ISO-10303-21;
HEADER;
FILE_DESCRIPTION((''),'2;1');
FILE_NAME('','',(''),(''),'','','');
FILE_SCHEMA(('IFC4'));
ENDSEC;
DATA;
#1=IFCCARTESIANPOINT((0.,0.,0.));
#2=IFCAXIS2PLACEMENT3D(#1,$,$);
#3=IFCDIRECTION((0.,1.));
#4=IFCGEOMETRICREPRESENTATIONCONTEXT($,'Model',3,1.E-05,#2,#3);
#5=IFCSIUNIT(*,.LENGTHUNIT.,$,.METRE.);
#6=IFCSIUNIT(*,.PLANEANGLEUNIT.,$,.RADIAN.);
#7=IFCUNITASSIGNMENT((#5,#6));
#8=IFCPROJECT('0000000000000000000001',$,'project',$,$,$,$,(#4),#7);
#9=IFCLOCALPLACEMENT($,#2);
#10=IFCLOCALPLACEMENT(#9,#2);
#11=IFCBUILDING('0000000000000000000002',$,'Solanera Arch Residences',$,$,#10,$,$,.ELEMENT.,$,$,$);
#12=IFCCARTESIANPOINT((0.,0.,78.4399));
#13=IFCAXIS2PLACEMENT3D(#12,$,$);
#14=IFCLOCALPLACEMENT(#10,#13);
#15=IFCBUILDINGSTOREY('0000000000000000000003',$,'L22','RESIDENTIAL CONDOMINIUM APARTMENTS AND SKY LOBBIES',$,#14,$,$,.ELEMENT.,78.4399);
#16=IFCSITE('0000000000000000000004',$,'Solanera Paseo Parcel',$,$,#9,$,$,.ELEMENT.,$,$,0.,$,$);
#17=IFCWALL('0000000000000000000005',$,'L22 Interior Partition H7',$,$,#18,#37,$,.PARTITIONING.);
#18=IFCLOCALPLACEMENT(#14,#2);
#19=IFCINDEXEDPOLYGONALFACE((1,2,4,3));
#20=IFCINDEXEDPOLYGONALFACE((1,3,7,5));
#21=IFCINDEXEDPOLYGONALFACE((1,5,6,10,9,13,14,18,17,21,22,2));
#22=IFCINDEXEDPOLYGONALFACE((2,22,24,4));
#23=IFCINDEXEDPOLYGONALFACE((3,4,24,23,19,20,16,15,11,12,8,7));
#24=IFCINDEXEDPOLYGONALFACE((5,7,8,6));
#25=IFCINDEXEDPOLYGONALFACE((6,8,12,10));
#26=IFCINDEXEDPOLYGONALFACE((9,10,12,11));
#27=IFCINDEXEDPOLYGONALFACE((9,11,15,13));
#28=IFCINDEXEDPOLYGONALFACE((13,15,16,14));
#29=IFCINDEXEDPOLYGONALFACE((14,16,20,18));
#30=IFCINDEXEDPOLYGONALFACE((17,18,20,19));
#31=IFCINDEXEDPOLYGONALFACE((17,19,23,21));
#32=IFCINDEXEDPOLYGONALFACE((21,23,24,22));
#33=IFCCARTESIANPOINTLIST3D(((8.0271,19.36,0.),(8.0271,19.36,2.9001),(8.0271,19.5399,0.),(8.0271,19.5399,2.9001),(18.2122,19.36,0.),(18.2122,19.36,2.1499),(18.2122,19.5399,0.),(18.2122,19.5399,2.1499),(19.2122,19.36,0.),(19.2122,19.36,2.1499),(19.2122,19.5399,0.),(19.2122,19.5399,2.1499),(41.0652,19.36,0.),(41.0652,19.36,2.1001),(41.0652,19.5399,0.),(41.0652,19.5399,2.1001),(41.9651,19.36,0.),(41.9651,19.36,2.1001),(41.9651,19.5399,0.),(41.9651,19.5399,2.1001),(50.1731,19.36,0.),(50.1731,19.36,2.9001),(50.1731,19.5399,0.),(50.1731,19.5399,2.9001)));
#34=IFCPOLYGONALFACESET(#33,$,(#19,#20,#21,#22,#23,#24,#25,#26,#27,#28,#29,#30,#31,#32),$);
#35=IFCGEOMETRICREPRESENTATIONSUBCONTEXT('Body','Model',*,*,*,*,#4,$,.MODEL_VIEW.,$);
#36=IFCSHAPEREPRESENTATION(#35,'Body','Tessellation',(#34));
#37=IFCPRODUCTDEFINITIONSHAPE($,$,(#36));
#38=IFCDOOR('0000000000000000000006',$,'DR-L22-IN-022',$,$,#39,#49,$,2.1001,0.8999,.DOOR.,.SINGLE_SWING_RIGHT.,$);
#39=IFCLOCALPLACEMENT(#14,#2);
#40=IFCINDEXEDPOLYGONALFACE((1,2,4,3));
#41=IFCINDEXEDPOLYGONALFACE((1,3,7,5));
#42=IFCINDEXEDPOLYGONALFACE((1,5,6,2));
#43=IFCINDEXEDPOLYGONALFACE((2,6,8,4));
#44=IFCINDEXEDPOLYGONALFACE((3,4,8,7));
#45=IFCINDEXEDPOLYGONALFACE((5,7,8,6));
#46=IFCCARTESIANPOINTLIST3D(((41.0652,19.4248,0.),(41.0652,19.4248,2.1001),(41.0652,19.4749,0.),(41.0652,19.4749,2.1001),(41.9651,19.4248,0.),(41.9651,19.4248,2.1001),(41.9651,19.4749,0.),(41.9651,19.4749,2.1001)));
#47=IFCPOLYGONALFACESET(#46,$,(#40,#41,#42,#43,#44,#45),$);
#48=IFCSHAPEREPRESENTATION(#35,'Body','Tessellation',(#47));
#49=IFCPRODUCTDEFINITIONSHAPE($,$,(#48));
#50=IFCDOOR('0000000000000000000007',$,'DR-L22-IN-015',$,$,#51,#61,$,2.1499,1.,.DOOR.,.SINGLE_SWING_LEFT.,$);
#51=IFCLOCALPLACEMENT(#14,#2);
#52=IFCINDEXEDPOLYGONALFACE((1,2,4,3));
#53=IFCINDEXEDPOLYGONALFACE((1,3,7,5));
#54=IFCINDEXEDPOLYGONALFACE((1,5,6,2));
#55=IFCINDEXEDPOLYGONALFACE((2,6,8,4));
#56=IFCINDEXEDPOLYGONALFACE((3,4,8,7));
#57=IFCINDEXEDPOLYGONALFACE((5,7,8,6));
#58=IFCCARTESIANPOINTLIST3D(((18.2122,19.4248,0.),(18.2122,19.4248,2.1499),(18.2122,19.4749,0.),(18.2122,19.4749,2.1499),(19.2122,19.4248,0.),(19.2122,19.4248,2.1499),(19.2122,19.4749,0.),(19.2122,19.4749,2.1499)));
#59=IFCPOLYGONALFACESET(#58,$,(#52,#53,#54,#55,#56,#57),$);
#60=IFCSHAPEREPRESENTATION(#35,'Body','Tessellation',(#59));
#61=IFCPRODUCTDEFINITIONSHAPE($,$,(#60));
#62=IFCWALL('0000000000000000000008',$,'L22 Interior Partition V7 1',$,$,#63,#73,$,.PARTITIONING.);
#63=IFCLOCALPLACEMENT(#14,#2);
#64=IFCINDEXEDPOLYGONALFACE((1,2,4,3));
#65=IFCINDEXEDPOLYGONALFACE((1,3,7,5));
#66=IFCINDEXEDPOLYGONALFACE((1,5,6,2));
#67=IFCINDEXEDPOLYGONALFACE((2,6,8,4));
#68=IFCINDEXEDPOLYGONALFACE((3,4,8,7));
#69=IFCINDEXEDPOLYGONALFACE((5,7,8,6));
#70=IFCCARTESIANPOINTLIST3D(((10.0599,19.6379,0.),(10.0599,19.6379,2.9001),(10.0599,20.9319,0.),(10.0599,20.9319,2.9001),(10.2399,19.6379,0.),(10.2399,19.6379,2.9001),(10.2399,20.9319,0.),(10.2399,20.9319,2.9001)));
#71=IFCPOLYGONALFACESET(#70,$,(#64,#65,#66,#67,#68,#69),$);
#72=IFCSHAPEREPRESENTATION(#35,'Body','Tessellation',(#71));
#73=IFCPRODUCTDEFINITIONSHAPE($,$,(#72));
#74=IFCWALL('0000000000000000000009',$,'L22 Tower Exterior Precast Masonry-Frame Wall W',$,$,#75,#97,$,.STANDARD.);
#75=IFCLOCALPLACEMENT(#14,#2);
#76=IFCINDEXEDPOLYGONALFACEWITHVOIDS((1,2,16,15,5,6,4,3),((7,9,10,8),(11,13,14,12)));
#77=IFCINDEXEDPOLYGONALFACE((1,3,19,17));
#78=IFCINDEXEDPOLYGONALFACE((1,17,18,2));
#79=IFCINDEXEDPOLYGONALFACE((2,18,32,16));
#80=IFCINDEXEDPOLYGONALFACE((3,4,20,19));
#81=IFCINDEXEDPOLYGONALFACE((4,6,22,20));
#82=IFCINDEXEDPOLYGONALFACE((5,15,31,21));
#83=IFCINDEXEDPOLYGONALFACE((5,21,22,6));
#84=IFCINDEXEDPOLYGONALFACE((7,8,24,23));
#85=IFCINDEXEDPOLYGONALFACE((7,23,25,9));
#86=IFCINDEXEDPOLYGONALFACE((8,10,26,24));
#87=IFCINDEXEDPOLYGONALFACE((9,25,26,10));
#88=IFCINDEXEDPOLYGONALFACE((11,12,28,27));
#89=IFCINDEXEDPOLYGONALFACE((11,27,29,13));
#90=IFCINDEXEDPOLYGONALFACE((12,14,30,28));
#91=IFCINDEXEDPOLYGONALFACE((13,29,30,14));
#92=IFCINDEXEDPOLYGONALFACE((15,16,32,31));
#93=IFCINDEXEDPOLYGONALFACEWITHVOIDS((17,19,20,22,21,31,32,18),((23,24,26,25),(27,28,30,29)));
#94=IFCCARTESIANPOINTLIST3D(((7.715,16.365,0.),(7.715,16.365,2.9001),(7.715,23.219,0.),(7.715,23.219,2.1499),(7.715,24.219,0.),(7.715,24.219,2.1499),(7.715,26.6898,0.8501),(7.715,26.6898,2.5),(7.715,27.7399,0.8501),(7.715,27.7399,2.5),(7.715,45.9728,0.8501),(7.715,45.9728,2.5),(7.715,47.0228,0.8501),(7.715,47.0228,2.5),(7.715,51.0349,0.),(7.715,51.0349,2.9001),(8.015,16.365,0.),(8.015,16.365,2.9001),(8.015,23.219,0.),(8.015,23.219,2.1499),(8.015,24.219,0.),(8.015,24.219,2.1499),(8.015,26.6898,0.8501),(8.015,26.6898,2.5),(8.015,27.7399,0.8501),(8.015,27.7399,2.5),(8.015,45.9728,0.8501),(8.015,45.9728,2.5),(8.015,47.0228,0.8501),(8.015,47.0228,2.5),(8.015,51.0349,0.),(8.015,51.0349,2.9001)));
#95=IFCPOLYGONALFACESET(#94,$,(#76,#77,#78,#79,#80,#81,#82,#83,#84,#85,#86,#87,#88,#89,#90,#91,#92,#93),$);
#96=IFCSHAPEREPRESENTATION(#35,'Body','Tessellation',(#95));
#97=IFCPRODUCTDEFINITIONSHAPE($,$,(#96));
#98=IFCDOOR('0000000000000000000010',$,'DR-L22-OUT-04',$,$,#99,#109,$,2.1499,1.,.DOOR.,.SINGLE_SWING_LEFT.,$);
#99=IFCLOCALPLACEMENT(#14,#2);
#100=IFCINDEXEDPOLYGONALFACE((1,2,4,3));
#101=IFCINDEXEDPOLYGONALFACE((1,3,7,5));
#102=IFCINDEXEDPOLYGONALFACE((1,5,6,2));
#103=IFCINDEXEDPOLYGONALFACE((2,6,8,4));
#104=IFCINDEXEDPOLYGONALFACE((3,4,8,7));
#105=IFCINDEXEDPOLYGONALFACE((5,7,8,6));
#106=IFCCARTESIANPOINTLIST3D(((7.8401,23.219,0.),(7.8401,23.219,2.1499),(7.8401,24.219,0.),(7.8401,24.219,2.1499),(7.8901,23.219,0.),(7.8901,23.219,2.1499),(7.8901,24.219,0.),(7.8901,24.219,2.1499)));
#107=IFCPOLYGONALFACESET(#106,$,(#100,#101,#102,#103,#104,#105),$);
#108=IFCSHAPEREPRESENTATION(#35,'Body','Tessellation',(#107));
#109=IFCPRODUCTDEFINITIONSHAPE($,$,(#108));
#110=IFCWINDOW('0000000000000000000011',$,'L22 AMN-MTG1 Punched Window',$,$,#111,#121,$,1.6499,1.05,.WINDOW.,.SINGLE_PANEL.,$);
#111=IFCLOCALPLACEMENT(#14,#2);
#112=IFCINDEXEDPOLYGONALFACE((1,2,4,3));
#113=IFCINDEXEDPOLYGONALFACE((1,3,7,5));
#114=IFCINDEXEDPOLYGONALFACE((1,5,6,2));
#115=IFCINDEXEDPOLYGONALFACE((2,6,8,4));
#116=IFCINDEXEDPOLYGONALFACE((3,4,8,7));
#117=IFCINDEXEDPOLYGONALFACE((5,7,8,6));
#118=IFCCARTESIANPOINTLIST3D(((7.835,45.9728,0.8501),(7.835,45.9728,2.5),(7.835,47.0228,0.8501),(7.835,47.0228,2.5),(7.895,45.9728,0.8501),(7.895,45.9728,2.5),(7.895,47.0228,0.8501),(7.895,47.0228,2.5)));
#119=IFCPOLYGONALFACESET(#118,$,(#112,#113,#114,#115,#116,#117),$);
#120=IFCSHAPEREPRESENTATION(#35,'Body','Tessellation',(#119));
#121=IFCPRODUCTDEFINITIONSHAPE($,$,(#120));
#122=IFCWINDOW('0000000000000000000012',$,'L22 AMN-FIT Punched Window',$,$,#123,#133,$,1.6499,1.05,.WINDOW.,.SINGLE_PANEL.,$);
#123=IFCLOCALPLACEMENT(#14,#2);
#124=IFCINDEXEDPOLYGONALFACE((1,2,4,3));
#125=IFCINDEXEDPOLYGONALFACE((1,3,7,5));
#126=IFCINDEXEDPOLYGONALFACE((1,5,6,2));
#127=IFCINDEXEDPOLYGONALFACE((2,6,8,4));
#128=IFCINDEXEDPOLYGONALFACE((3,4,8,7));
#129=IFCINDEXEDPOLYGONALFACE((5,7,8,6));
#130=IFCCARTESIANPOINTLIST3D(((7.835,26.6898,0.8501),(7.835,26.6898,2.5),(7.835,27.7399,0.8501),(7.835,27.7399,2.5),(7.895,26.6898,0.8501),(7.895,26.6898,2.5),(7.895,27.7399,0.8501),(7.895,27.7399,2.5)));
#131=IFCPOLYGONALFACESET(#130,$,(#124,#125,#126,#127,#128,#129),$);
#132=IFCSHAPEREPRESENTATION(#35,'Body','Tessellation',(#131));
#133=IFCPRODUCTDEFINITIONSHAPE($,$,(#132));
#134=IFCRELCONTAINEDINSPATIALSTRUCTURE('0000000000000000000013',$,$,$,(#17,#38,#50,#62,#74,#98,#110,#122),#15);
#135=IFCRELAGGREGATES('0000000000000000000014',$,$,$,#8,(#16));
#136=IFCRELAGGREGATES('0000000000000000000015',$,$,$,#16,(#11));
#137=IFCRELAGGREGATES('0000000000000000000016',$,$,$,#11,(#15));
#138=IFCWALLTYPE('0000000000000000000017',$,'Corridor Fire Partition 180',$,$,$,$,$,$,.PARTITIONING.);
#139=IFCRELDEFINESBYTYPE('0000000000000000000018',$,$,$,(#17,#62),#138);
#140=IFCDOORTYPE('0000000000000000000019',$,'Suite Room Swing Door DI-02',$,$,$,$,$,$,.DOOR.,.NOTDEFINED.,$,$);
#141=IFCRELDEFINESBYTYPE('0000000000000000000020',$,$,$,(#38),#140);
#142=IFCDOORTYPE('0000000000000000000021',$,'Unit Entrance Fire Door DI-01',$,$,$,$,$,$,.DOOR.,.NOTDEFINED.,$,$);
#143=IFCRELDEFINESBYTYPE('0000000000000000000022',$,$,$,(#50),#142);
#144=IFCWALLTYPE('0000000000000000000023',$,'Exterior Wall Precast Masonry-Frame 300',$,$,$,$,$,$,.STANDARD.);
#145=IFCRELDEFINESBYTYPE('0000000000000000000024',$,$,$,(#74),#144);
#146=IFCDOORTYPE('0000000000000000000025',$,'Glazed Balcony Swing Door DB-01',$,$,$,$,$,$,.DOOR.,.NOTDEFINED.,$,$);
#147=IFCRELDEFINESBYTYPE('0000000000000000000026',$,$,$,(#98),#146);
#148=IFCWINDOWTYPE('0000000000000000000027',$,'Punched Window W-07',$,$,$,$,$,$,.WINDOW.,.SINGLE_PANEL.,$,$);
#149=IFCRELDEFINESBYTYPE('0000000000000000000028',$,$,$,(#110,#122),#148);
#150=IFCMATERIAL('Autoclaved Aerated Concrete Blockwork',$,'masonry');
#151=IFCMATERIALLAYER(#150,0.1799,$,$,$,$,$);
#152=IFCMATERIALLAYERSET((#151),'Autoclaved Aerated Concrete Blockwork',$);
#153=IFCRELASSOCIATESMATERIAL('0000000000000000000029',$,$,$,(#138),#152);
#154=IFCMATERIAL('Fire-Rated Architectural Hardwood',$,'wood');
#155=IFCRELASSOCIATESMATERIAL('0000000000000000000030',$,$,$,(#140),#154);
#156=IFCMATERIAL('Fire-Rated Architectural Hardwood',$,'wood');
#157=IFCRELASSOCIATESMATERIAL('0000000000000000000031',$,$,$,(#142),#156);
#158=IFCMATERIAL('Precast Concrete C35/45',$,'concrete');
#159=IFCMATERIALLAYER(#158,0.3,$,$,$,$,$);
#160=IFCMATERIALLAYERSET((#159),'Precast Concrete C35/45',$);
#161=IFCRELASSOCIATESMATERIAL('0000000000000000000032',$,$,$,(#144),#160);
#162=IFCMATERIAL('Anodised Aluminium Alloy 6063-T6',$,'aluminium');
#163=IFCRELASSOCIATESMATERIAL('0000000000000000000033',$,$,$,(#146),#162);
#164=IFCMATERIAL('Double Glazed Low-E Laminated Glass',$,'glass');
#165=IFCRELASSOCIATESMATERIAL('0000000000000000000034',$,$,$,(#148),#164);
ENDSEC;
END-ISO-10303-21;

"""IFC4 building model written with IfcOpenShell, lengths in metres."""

from ifc_helpers import new_model, si_unit, direction, frame, frame_2d, origin, place, context, subcontext, project, spatial, rectangle, extrude, material, layer, layer_set, type_object, element, fill, save


model = new_model("IFC4")

# Units and contexts
model_context = context("Model", 3, precision=1e-05, world=origin(), true_north=direction((0.0, 1.0)))
body_context = subcontext(model_context, "Body", "Model", "MODEL_VIEW")
ifc_project = project(units=[si_unit("LENGTHUNIT", "METRE"), si_unit("PLANEANGLEUNIT", "RADIAN")], contexts=[model_context])

# Site, building, storey
site_placement = place(None, origin())
site = spatial("IfcSite", under=ifc_project, at=site_placement, Name="Solanera Paseo Parcel", CompositionType="ELEMENT", RefElevation=0.0)
building_placement = place(site_placement, origin())
building = spatial("IfcBuilding", under=site, at=building_placement, Name="Solanera Arch Residences", CompositionType="ELEMENT")
storey_placement = place(building_placement, frame((0.0, 0.0, 78.4399)))
storey = spatial("IfcBuildingStorey", under=building, at=storey_placement, Name="L22", Description="RESIDENTIAL CONDOMINIUM APARTMENTS AND SKY LOBBIES", CompositionType="ELEMENT", Elevation=78.4399)

# Wall, openings, doors
ifc_material_1 = material(Name="Autoclaved Aerated Concrete Blockwork", Category="masonry")
ifc_layer_1 = layer(ifc_material_1, 0.1799)
ifc_layer_set_1 = layer_set([ifc_layer_1], Name="Autoclaved Aerated Concrete Blockwork")
wall_type_1 = type_object("IfcWallType", Name="Corridor Fire Partition 180", PredefinedType="PARTITIONING", material=ifc_layer_set_1)
wall_1_placement = place(storey_placement, frame((8.0271, 19.45, 0.0), z_axis=(0.0, 0.0, 1.0), x_axis=(1.0, 0.0, 0.0)))
wall_1 = element("IfcWall", 1, at=wall_1_placement, inside=storey, type_object=wall_type_1, Name="L22 Interior Partition H7", PredefinedType="PARTITIONING", context=body_context, shape_type="SweptSolid", body=[
    extrude(rectangle(XDim=42.146, YDim=0.1799, at=frame_2d((21.073, 0.0))), origin(), (0.0, 0.0, 1.0), 2.9001),
])
opening_1_placement = place(wall_1_placement, frame((10.1851, 0.0, 0.0)))
opening_1 = element("IfcOpeningElement", 2, at=opening_1_placement, cuts=wall_1, PredefinedType="OPENING", context=body_context, shape_type="SweptSolid", body=[
    extrude(rectangle(XDim=1.0, YDim=2.1499, at=frame_2d((0.5, 1.075))), frame((0.0, 0.1001, 0.0), z_axis=(0.0, -1.0, 0.0), x_axis=(1.0, 0.0, 0.0)), (0.0, 0.0, 1.0), 0.1999),
])
opening_2_placement = place(wall_1_placement, frame((33.0381, 0.0, 0.0)))
opening_2 = element("IfcOpeningElement", 3, at=opening_2_placement, cuts=wall_1, PredefinedType="OPENING", context=body_context, shape_type="SweptSolid", body=[
    extrude(rectangle(XDim=0.8999, YDim=2.1001, at=frame_2d((0.45, 1.05))), frame((0.0, 0.1001, 0.0), z_axis=(0.0, -1.0, 0.0), x_axis=(1.0, 0.0, 0.0)), (0.0, 0.0, 1.0), 0.1999),
])
ifc_material_2 = material(Name="Fire-Rated Architectural Hardwood", Category="wood")
door_type_1 = type_object("IfcDoorType", Name="Suite Room Swing Door DI-02", OperationType="NOTDEFINED", PredefinedType="DOOR", material=ifc_material_2)
door_1_placement = place(opening_2_placement, origin())
door_1 = element("IfcDoor", 4, at=door_1_placement, inside=storey, type_object=door_type_1, Name="DR-L22-IN-022", OperationType="SINGLE_SWING_RIGHT", OverallHeight=2.1001, OverallWidth=0.8999, PredefinedType="DOOR", context=body_context, shape_type="SweptSolid", body=[
    extrude(rectangle(XDim=0.8999, YDim=2.1001, at=frame_2d((0.45, 1.05))), frame((0.0, 0.0249, 0.0), z_axis=(0.0, -1.0, 0.0), x_axis=(1.0, 0.0, 0.0)), (0.0, 0.0, 1.0), 0.05),
])
fill(opening_2, door_1)
ifc_material_3 = material(Name="Fire-Rated Architectural Hardwood", Category="wood")
door_type_2 = type_object("IfcDoorType", Name="Unit Entrance Fire Door DI-01", OperationType="NOTDEFINED", PredefinedType="DOOR", material=ifc_material_3)
door_2_placement = place(opening_1_placement, origin())
door_2 = element("IfcDoor", 5, at=door_2_placement, inside=storey, type_object=door_type_2, Name="DR-L22-IN-015", OperationType="SINGLE_SWING_LEFT", OverallHeight=2.1499, OverallWidth=1.0, PredefinedType="DOOR", context=body_context, shape_type="SweptSolid", body=[
    extrude(rectangle(XDim=1.0, YDim=2.1499, at=frame_2d((0.5, 1.075))), frame((0.0, 0.0249, 0.0), z_axis=(0.0, -1.0, 0.0), x_axis=(1.0, 0.0, 0.0)), (0.0, 0.0, 1.0), 0.05),
])
fill(opening_1, door_2)

# Wall
wall_2_placement = place(storey_placement, frame((10.1499, 19.6379, 0.0), z_axis=(0.0, 0.0, 1.0), x_axis=(0.0, 1.0, 0.0)))
element("IfcWall", 6, at=wall_2_placement, inside=storey, type_object=wall_type_1, Name="L22 Interior Partition V7 1", PredefinedType="PARTITIONING", context=body_context, shape_type="SweptSolid", body=[
    extrude(rectangle(XDim=1.2939, YDim=0.1799, at=frame_2d((0.647, 0.0))), origin(), (0.0, 0.0, 1.0), 2.9001),
])

# Wall, openings, door, windows
ifc_material_4 = material(Name="Precast Concrete C35/45", Category="concrete")
ifc_layer_2 = layer(ifc_material_4, 0.3)
ifc_layer_set_2 = layer_set([ifc_layer_2], Name="Precast Concrete C35/45")
wall_type_2 = type_object("IfcWallType", Name="Exterior Wall Precast Masonry-Frame 300", PredefinedType="STANDARD", material=ifc_layer_set_2)
wall_3_placement = place(storey_placement, frame((7.865, 16.365, 0.0), z_axis=(0.0, 0.0, 1.0), x_axis=(0.0, 1.0, 0.0)))
wall_3 = element("IfcWall", 7, at=wall_3_placement, inside=storey, type_object=wall_type_2, Name="L22 Tower Exterior Precast Masonry-Frame Wall W", PredefinedType="STANDARD", context=body_context, shape_type="SweptSolid", body=[
    extrude(rectangle(XDim=34.6699, YDim=0.3, at=frame_2d((17.335, 0.0))), origin(), (0.0, 0.0, 1.0), 2.9001),
])
opening_3_placement = place(wall_3_placement, frame((6.854, 0.0, 0.0)))
opening_3 = element("IfcOpeningElement", 8, at=opening_3_placement, cuts=wall_3, PredefinedType="OPENING", context=body_context, shape_type="SweptSolid", body=[
    extrude(rectangle(XDim=1.0, YDim=2.1499, at=frame_2d((0.5, 1.075))), frame((0.0, 0.1599, 0.0), z_axis=(0.0, -1.0, 0.0), x_axis=(1.0, 0.0, 0.0)), (0.0, 0.0, 1.0), 0.32),
])
opening_4_placement = place(wall_3_placement, frame((29.6079, 0.0, 0.8501)))
opening_4 = element("IfcOpeningElement", 9, at=opening_4_placement, cuts=wall_3, PredefinedType="OPENING", context=body_context, shape_type="SweptSolid", body=[
    extrude(rectangle(XDim=1.05, YDim=1.6499, at=frame_2d((0.5249, 0.825))), frame((0.0, 0.1599, 0.0), z_axis=(0.0, -1.0, 0.0), x_axis=(1.0, 0.0, 0.0)), (0.0, 0.0, 1.0), 0.32),
])
opening_5_placement = place(wall_3_placement, frame((10.325, 0.0, 0.8501)))
opening_5 = element("IfcOpeningElement", 10, at=opening_5_placement, cuts=wall_3, PredefinedType="OPENING", context=body_context, shape_type="SweptSolid", body=[
    extrude(rectangle(XDim=1.05, YDim=1.6499, at=frame_2d((0.5249, 0.825))), frame((0.0, 0.1599, 0.0), z_axis=(0.0, -1.0, 0.0), x_axis=(1.0, 0.0, 0.0)), (0.0, 0.0, 1.0), 0.32),
])
ifc_material_5 = material(Name="Anodised Aluminium Alloy 6063-T6", Category="aluminium")
door_type_3 = type_object("IfcDoorType", Name="Glazed Balcony Swing Door DB-01", OperationType="NOTDEFINED", PredefinedType="DOOR", material=ifc_material_5)
door_3_placement = place(opening_3_placement, origin())
door_3 = element("IfcDoor", 11, at=door_3_placement, inside=storey, type_object=door_type_3, Name="DR-L22-OUT-04", OperationType="SINGLE_SWING_LEFT", OverallHeight=2.1499, OverallWidth=1.0, PredefinedType="DOOR", context=body_context, shape_type="SweptSolid", body=[
    extrude(rectangle(XDim=1.0, YDim=2.1499, at=frame_2d((0.5, 1.075))), frame((0.0, 0.0249, 0.0), z_axis=(0.0, -1.0, 0.0), x_axis=(1.0, 0.0, 0.0)), (0.0, 0.0, 1.0), 0.05),
])
fill(opening_3, door_3)
ifc_material_6 = material(Name="Double Glazed Low-E Laminated Glass", Category="glass")
window_type = type_object("IfcWindowType", Name="Punched Window W-07", PartitioningType="SINGLE_PANEL", PredefinedType="WINDOW", material=ifc_material_6)
window_1_placement = place(opening_4_placement, origin())
window_1 = element("IfcWindow", 12, at=window_1_placement, inside=storey, type_object=window_type, Name="L22 AMN-MTG1 Punched Window", OverallHeight=1.6499, OverallWidth=1.05, PartitioningType="SINGLE_PANEL", PredefinedType="WINDOW", context=body_context, shape_type="SweptSolid", body=[
    extrude(rectangle(XDim=1.05, YDim=1.6499, at=frame_2d((0.5249, 0.825))), frame((0.0, 0.03, 0.0), z_axis=(0.0, -1.0, 0.0), x_axis=(1.0, 0.0, 0.0)), (0.0, 0.0, 1.0), 0.0601),
])
fill(opening_4, window_1)
window_2_placement = place(opening_5_placement, origin())
window_2 = element("IfcWindow", 13, at=window_2_placement, inside=storey, type_object=window_type, Name="L22 AMN-FIT Punched Window", OverallHeight=1.6499, OverallWidth=1.05, PartitioningType="SINGLE_PANEL", PredefinedType="WINDOW", context=body_context, shape_type="SweptSolid", body=[
    extrude(rectangle(XDim=1.05, YDim=1.6499, at=frame_2d((0.5249, 0.825))), frame((0.0, 0.03, 0.0), z_axis=(0.0, -1.0, 0.0), x_axis=(1.0, 0.0, 0.0)), (0.0, 0.0, 1.0), 0.0601),
])
fill(opening_5, window_2)

save(model, "model.ifc")
